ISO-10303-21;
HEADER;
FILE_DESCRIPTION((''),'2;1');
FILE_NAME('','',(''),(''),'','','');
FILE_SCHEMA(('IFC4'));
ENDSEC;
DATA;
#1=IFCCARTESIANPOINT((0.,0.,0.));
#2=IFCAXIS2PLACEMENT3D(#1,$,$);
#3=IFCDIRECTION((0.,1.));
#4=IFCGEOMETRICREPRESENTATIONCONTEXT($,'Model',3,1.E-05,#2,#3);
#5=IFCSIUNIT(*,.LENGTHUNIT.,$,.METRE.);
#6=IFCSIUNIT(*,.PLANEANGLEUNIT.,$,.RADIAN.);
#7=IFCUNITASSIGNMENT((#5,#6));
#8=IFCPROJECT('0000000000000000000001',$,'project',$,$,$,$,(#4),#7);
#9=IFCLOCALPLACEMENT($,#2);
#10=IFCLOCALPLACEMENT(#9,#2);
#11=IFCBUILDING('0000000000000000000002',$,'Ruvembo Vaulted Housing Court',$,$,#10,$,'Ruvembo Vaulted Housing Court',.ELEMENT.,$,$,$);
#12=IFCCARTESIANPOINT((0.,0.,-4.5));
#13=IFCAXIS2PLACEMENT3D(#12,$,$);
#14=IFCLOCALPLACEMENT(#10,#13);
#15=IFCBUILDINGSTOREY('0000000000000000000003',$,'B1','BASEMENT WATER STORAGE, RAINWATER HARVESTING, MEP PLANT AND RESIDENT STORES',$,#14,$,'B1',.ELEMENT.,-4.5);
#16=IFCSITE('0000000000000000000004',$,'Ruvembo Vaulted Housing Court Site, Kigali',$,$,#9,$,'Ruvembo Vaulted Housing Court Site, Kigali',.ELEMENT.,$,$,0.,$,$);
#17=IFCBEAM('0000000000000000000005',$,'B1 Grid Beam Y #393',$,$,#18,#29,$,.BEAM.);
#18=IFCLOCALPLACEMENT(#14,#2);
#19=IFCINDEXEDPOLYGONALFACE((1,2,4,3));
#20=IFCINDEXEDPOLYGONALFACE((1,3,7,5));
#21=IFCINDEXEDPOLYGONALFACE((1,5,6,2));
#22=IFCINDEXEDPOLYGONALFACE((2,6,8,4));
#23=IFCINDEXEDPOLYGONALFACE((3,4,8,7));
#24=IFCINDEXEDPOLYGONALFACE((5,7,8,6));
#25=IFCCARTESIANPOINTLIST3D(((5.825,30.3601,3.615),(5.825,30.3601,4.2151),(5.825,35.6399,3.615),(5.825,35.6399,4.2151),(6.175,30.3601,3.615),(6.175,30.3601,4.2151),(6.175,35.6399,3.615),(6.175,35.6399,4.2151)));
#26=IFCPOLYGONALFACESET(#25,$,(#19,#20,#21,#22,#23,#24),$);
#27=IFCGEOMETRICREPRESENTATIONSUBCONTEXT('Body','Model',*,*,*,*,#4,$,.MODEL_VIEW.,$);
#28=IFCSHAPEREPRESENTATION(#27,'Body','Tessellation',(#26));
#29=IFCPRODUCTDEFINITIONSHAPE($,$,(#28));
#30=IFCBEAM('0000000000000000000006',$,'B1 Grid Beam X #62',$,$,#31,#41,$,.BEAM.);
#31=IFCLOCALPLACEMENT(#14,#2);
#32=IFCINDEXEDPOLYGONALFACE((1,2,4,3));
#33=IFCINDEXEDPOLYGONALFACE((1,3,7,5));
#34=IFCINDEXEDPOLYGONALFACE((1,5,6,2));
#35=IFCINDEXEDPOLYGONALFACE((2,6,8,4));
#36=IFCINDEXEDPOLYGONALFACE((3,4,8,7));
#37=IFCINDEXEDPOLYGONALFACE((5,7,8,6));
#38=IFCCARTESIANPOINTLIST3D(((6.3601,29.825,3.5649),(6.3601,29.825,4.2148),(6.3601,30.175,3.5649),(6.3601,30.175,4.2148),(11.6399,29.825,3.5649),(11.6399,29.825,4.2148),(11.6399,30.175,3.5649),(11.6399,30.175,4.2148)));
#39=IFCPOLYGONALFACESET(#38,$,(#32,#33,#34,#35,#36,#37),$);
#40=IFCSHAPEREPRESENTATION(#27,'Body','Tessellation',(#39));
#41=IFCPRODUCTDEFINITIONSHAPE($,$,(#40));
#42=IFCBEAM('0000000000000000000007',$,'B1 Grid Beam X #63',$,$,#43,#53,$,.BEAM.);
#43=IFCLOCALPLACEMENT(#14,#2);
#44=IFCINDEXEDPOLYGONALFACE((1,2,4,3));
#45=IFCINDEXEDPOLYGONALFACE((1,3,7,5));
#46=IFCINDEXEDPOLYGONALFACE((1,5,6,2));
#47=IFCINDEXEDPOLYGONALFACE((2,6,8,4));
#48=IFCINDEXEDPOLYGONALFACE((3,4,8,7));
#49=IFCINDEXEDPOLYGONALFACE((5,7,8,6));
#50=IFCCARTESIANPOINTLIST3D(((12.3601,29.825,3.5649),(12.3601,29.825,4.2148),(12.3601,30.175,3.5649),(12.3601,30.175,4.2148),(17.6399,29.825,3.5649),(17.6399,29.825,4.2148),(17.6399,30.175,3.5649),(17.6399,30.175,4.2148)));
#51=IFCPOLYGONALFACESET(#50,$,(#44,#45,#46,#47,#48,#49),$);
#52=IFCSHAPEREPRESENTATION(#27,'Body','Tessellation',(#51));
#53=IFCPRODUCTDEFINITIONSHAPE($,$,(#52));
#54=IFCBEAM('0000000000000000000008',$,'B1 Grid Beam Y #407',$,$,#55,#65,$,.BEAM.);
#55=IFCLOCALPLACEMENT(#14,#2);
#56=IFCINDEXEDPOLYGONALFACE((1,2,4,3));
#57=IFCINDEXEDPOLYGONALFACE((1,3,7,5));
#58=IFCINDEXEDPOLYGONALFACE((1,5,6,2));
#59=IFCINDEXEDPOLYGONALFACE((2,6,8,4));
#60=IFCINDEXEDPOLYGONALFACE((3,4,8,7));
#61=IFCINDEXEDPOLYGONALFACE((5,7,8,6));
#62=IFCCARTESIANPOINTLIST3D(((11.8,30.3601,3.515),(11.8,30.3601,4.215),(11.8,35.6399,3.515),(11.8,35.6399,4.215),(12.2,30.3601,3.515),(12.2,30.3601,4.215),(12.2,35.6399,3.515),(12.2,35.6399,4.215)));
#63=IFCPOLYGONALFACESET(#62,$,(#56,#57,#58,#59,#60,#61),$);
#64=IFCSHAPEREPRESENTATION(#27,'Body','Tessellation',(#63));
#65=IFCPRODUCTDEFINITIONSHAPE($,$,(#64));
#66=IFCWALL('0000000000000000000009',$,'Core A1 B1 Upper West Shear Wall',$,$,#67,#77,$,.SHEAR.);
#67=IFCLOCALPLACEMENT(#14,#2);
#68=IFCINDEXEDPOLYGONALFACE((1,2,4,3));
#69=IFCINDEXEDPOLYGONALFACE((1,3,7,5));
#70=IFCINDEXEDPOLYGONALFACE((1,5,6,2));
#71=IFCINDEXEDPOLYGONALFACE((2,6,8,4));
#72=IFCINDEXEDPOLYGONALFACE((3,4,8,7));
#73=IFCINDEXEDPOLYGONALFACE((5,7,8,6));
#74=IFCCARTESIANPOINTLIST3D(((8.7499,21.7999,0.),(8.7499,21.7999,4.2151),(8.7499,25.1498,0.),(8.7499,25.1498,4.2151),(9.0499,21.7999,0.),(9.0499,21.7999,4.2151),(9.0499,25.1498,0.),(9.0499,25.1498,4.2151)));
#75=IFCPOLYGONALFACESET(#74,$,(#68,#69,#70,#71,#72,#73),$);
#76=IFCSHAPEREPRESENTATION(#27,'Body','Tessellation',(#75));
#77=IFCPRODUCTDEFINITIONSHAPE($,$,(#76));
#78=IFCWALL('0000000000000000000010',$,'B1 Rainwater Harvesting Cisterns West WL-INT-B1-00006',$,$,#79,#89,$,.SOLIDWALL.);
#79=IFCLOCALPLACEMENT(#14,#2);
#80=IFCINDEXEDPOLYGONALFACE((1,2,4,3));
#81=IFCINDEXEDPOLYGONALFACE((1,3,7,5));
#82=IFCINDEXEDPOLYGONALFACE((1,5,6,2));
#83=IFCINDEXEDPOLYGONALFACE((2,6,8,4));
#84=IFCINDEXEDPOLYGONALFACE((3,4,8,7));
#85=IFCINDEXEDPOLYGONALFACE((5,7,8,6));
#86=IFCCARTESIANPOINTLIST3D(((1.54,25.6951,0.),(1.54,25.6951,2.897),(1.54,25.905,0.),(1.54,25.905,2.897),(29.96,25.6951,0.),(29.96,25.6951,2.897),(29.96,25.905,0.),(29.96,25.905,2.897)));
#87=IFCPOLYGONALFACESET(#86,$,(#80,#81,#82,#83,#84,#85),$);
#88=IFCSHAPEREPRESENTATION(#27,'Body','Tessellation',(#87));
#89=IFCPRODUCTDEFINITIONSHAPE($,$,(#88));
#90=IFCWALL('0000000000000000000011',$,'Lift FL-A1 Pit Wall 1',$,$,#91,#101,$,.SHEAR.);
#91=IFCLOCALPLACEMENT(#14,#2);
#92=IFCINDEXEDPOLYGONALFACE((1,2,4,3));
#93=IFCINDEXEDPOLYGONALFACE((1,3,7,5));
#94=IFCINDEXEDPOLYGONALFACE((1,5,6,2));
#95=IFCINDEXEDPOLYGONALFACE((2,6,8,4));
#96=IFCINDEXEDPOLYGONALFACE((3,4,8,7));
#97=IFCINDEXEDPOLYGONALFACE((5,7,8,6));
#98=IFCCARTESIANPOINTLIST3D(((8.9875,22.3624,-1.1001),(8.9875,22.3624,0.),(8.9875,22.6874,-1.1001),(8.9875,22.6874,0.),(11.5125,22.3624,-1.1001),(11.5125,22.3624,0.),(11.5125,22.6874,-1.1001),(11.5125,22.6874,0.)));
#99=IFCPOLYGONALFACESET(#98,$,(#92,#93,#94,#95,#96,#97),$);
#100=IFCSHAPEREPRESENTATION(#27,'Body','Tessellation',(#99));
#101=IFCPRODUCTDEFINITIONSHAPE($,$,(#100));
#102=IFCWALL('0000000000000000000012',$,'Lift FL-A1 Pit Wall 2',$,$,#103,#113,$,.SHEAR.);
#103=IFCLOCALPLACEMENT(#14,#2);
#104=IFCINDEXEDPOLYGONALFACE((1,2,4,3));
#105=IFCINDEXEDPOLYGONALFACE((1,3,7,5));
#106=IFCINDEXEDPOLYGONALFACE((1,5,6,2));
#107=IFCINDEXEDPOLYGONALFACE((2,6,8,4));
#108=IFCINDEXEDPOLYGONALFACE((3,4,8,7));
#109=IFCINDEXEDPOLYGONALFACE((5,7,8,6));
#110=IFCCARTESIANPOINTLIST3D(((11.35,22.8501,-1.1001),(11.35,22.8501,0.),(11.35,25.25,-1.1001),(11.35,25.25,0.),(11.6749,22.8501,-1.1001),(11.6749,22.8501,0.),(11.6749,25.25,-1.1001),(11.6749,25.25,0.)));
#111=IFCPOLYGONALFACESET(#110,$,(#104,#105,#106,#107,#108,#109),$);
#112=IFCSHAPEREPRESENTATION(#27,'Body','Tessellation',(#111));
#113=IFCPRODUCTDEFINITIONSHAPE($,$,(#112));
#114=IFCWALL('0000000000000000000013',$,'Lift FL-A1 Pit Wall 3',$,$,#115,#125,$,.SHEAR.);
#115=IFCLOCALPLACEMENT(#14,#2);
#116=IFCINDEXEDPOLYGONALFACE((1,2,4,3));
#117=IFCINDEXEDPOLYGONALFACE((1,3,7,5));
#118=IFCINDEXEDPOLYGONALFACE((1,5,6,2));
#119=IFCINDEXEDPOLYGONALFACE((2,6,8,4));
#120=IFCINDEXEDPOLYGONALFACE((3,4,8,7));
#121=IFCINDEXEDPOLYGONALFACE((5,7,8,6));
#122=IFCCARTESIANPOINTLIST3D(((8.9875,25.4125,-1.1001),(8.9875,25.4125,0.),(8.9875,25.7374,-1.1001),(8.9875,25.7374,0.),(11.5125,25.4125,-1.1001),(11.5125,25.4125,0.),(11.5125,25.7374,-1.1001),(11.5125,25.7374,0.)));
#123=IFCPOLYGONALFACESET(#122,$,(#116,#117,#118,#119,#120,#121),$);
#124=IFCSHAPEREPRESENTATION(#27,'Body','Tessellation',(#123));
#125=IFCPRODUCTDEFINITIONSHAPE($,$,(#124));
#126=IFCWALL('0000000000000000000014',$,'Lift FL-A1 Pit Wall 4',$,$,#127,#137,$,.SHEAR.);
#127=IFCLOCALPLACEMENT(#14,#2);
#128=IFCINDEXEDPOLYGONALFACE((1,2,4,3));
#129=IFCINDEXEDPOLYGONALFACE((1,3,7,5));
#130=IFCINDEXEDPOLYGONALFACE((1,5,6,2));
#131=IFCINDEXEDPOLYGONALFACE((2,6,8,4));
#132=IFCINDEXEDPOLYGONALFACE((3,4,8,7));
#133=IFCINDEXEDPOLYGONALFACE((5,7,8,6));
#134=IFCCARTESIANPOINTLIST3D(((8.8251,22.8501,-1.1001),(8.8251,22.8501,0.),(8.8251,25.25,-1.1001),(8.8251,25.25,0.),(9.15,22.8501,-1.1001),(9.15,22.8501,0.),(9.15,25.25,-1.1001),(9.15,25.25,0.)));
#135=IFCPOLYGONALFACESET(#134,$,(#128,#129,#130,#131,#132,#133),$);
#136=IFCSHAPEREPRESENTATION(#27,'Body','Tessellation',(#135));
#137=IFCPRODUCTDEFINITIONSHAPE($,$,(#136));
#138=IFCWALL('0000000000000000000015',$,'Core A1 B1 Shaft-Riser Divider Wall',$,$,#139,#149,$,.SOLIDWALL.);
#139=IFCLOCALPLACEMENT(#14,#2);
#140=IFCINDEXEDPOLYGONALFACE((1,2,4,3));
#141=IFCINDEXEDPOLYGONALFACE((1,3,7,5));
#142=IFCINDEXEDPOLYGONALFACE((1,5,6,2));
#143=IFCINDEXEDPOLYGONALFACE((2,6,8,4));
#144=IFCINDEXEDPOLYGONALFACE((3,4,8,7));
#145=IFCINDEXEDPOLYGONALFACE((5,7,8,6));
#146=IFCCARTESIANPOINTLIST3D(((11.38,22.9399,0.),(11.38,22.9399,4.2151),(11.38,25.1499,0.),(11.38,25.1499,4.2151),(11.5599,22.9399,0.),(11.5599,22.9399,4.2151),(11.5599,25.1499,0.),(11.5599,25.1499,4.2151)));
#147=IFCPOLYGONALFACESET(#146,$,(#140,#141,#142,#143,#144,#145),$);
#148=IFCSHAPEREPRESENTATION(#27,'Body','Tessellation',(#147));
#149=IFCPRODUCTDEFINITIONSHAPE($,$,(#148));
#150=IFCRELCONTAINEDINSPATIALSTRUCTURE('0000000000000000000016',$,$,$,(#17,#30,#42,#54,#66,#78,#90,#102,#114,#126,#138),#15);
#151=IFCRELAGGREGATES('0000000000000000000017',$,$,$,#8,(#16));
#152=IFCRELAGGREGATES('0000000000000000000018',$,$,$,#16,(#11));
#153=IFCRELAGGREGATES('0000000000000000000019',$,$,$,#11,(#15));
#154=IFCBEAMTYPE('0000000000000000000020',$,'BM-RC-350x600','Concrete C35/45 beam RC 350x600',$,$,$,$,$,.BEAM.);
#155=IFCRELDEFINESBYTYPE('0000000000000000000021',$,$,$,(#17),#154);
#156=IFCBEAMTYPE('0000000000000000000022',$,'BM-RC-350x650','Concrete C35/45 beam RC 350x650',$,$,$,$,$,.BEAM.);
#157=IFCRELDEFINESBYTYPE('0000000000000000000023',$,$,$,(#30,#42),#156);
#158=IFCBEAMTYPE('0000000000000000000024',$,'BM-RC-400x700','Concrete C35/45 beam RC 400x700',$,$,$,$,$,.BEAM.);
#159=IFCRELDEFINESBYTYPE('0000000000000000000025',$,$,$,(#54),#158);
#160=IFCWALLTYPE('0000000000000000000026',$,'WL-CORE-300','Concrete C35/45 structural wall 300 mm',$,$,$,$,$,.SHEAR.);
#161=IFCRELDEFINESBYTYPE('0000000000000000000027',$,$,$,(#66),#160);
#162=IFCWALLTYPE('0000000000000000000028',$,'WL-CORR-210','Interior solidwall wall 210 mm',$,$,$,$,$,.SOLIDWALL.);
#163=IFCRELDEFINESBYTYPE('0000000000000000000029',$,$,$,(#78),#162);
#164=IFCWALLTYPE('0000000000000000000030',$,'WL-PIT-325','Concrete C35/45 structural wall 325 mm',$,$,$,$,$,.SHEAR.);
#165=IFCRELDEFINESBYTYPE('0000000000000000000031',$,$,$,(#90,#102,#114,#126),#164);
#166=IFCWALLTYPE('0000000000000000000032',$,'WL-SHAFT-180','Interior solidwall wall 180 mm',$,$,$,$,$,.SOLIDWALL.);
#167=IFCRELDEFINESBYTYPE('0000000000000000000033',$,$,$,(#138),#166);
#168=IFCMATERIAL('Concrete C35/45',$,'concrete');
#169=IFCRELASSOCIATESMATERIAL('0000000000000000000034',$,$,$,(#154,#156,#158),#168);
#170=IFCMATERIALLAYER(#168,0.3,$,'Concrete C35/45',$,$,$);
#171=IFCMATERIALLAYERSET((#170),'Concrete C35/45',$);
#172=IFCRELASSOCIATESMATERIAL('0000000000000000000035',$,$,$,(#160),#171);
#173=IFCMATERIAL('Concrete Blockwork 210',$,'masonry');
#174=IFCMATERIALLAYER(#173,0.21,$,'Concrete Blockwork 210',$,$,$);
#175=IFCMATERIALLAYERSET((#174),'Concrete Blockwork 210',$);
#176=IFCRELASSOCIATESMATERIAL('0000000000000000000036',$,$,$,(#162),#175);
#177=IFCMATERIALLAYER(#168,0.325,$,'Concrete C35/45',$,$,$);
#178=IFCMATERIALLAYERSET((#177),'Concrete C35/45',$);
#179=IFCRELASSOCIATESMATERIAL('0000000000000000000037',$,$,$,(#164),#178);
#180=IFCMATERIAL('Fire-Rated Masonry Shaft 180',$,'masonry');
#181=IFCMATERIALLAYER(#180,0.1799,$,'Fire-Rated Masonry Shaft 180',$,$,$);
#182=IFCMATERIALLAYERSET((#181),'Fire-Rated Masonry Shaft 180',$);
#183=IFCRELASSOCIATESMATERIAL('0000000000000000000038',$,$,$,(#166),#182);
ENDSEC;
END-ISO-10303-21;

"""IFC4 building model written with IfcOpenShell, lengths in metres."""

from ifc_helpers import new_model, si_unit, direction, frame, frame_2d, origin, origin_2d, place, context, subcontext, project, spatial, rectangle, extrude, material, layer, layer_set, material_profile, profile_set, type_object, element, save


model = new_model("IFC4")

# Units and contexts
model_context = context("Model", 3, precision=1e-05, world=origin(), true_north=direction((0.0, 1.0)))
body_context = subcontext(model_context, "Body", "Model", "MODEL_VIEW")
ifc_project = project(units=[si_unit("LENGTHUNIT", "METRE"), si_unit("PLANEANGLEUNIT", "RADIAN")], contexts=[model_context])

# Site, building, storey
site_placement = place(None, origin())
site = spatial("IfcSite", under=ifc_project, at=site_placement, Name="Ruvembo Vaulted Housing Court Site, Kigali", LongName="Ruvembo Vaulted Housing Court Site, Kigali", CompositionType="ELEMENT", RefElevation=0.0)
building_placement = place(site_placement, origin())
building = spatial("IfcBuilding", under=site, at=building_placement, Name="Ruvembo Vaulted Housing Court", LongName="Ruvembo Vaulted Housing Court", CompositionType="ELEMENT")
storey_placement = place(building_placement, frame((0.0, 0.0, -4.5)))
storey = spatial("IfcBuildingStorey", under=building, at=storey_placement, Name="B1", Description="BASEMENT WATER STORAGE, RAINWATER HARVESTING, MEP PLANT AND RESIDENT STORES", LongName="B1", CompositionType="ELEMENT", Elevation=-4.5)

# Shared definitions
ifc_material_1 = material(Name="Concrete C35/45", Category="concrete")

# Beams
ifc_material_profile_1 = material_profile(ifc_material_1, rectangle(XDim=0.3501, YDim=0.6001, at=origin_2d()), Name="RC 350x600")
ifc_profile_set_1 = profile_set([ifc_material_profile_1], Name="Concrete C35/45")
beam_type_1 = type_object("IfcBeamType", Name="BM-RC-350x600", Description="Concrete C35/45 beam RC 350x600", PredefinedType="BEAM", material=ifc_profile_set_1)
beam_1_placement = place(storey_placement, frame((6.0, 30.3601, 3.915), z_axis=(0.0, 1.0, 0.0), x_axis=(-1.0, 0.0, 0.0)))
element("IfcBeam", 1, at=beam_1_placement, inside=storey, type_object=beam_type_1, Name="B1 Grid Beam Y #393", PredefinedType="BEAM", context=body_context, shape_type="SweptSolid", body=[
    extrude(rectangle(XDim=0.3501, YDim=0.6001, at=origin_2d()), origin(), (0.0, 0.0, 1.0), 5.2798),
])
ifc_material_profile_2 = material_profile(ifc_material_1, rectangle(XDim=0.3501, YDim=0.6499, at=origin_2d()), Name="RC 350x650")
ifc_profile_set_2 = profile_set([ifc_material_profile_2], Name="Concrete C35/45")
beam_type_2 = type_object("IfcBeamType", Name="BM-RC-350x650", Description="Concrete C35/45 beam RC 350x650", PredefinedType="BEAM", material=ifc_profile_set_2)
for number, where, z_axis, x_axis, name in (
    (2, (6.3601, 30.0, 3.8899), (1.0, 0.0, 0.0), (0.0, 1.0, 0.0), "B1 Grid Beam X #62"),
    (3, (12.3601, 30.0, 3.8899), (1.0, 0.0, 0.0), (0.0, 1.0, 0.0), "B1 Grid Beam X #63"),
):
    element("IfcBeam", number, at=place(storey_placement, frame(where, z_axis=z_axis, x_axis=x_axis)), inside=storey, type_object=beam_type_2, Name=name, PredefinedType="BEAM", context=body_context, shape_type="SweptSolid", body=[
        extrude(rectangle(XDim=0.3501, YDim=0.6499, at=origin_2d()), origin(), (0.0, 0.0, 1.0), 5.2798),
    ])
ifc_material_profile_3 = material_profile(ifc_material_1, rectangle(XDim=0.3999, YDim=0.7, at=origin_2d()), Name="RC 400x700")
ifc_profile_set_3 = profile_set([ifc_material_profile_3], Name="Concrete C35/45")
beam_type_3 = type_object("IfcBeamType", Name="BM-RC-400x700", Description="Concrete C35/45 beam RC 400x700", PredefinedType="BEAM", material=ifc_profile_set_3)
beam_2_placement = place(storey_placement, frame((12.0, 30.3601, 3.865), z_axis=(0.0, 1.0, 0.0), x_axis=(-1.0, 0.0, 0.0)))
element("IfcBeam", 4, at=beam_2_placement, inside=storey, type_object=beam_type_3, Name="B1 Grid Beam Y #407", PredefinedType="BEAM", context=body_context, shape_type="SweptSolid", body=[
    extrude(rectangle(XDim=0.3999, YDim=0.7, at=origin_2d()), origin(), (0.0, 0.0, 1.0), 5.2798),
])

# Walls
ifc_layer_1 = layer(ifc_material_1, 0.3, Name="Concrete C35/45")
ifc_layer_set_1 = layer_set([ifc_layer_1], Name="Concrete C35/45")
wall_type_1 = type_object("IfcWallType", Name="WL-CORE-300", Description="Concrete C35/45 structural wall 300 mm", PredefinedType="SHEAR", material=ifc_layer_set_1)
wall_1_placement = place(storey_placement, frame((8.8999, 21.8, 0.0), z_axis=(0.0, 0.0, 1.0), x_axis=(0.0, 1.0, 0.0)))
element("IfcWall", 5, at=wall_1_placement, inside=storey, type_object=wall_type_1, Name="Core A1 B1 Upper West Shear Wall", PredefinedType="SHEAR", context=body_context, shape_type="SweptSolid", body=[
    extrude(rectangle(XDim=3.3499, YDim=0.3, at=frame_2d((1.6748, 0.0))), origin(), (0.0, 0.0, 1.0), 4.2151),
])
ifc_material_2 = material(Name="Concrete Blockwork 210", Category="masonry")
ifc_layer_2 = layer(ifc_material_2, 0.21, Name="Concrete Blockwork 210")
ifc_layer_set_2 = layer_set([ifc_layer_2], Name="Concrete Blockwork 210")
wall_type_2 = type_object("IfcWallType", Name="WL-CORR-210", Description="Interior solidwall wall 210 mm", PredefinedType="SOLIDWALL", material=ifc_layer_set_2)
wall_2_placement = place(storey_placement, frame((1.54, 25.8, 0.0), z_axis=(0.0, 0.0, 1.0), x_axis=(1.0, 0.0, 0.0)))
element("IfcWall", 6, at=wall_2_placement, inside=storey, type_object=wall_type_2, Name="B1 Rainwater Harvesting Cisterns West WL-INT-B1-00006", PredefinedType="SOLIDWALL", context=body_context, shape_type="SweptSolid", body=[
    extrude(rectangle(XDim=28.4199, YDim=0.21, at=frame_2d((14.21, 0.0))), origin(), (0.0, 0.0, 1.0), 2.897),
])
ifc_layer_3 = layer(ifc_material_1, 0.325, Name="Concrete C35/45")
ifc_layer_set_3 = layer_set([ifc_layer_3], Name="Concrete C35/45")
wall_type_3 = type_object("IfcWallType", Name="WL-PIT-325", Description="Concrete C35/45 structural wall 325 mm", PredefinedType="SHEAR", material=ifc_layer_set_3)
wall_3_placement = place(storey_placement, frame((8.9875, 22.5249, -1.1001), z_axis=(0.0, 0.0, 1.0), x_axis=(1.0, 0.0, 0.0)))
element("IfcWall", 7, at=wall_3_placement, inside=storey, type_object=wall_type_3, Name="Lift FL-A1 Pit Wall 1", PredefinedType="SHEAR", context=body_context, shape_type="SweptSolid", body=[
    extrude(rectangle(XDim=2.5249, YDim=0.325, at=frame_2d((1.2625, 0.0))), origin(), (0.0, 0.0, 1.0), 1.1001),
])
wall_4_placement = place(storey_placement, frame((11.5125, 22.8501, -1.1001), z_axis=(0.0, 0.0, 1.0), x_axis=(0.0, 1.0, 0.0)))
element("IfcWall", 8, at=wall_4_placement, inside=storey, type_object=wall_type_3, Name="Lift FL-A1 Pit Wall 2", PredefinedType="SHEAR", context=body_context, shape_type="SweptSolid", body=[
    extrude(rectangle(XDim=2.3999, YDim=0.325, at=frame_2d((1.2, 0.0))), origin(), (0.0, 0.0, 1.0), 1.1001),
])
wall_5_placement = place(storey_placement, frame((11.5125, 25.575, -1.1001), z_axis=(0.0, 0.0, 1.0), x_axis=(-1.0, 0.0, 0.0)))
element("IfcWall", 9, at=wall_5_placement, inside=storey, type_object=wall_type_3, Name="Lift FL-A1 Pit Wall 3", PredefinedType="SHEAR", context=body_context, shape_type="SweptSolid", body=[
    extrude(rectangle(XDim=2.5249, YDim=0.325, at=frame_2d((1.2625, 0.0))), origin(), (0.0, 0.0, 1.0), 1.1001),
])
wall_6_placement = place(storey_placement, frame((8.9875, 25.25, -1.1001), z_axis=(0.0, 0.0, 1.0), x_axis=(0.0, -1.0, 0.0)))
element("IfcWall", 10, at=wall_6_placement, inside=storey, type_object=wall_type_3, Name="Lift FL-A1 Pit Wall 4", PredefinedType="SHEAR", context=body_context, shape_type="SweptSolid", body=[
    extrude(rectangle(XDim=2.3999, YDim=0.325, at=frame_2d((1.2, 0.0))), origin(), (0.0, 0.0, 1.0), 1.1001),
])

# Shared definitions
ifc_material_3 = material(Name="Fire-Rated Masonry Shaft 180", Category="masonry")
ifc_layer_4 = layer(ifc_material_3, 0.1799, Name="Fire-Rated Masonry Shaft 180")
ifc_layer_set_4 = layer_set([ifc_layer_4], Name="Fire-Rated Masonry Shaft 180")
wall_type_4 = type_object("IfcWallType", Name="WL-SHAFT-180", Description="Interior solidwall wall 180 mm", PredefinedType="SOLIDWALL", material=ifc_layer_set_4)

# Wall
wall_7_placement = place(storey_placement, frame((11.47, 22.9399, 0.0), z_axis=(0.0, 0.0, 1.0), x_axis=(0.0, 1.0, 0.0)))
element("IfcWall", 11, at=wall_7_placement, inside=storey, type_object=wall_type_4, Name="Core A1 B1 Shaft-Riser Divider Wall", PredefinedType="SOLIDWALL", context=body_context, shape_type="SweptSolid", body=[
    extrude(rectangle(XDim=2.21, YDim=0.1799, at=frame_2d((1.105, 0.0))), origin(), (0.0, 0.0, 1.0), 4.2151),
])

save(model, "model.ifc")
